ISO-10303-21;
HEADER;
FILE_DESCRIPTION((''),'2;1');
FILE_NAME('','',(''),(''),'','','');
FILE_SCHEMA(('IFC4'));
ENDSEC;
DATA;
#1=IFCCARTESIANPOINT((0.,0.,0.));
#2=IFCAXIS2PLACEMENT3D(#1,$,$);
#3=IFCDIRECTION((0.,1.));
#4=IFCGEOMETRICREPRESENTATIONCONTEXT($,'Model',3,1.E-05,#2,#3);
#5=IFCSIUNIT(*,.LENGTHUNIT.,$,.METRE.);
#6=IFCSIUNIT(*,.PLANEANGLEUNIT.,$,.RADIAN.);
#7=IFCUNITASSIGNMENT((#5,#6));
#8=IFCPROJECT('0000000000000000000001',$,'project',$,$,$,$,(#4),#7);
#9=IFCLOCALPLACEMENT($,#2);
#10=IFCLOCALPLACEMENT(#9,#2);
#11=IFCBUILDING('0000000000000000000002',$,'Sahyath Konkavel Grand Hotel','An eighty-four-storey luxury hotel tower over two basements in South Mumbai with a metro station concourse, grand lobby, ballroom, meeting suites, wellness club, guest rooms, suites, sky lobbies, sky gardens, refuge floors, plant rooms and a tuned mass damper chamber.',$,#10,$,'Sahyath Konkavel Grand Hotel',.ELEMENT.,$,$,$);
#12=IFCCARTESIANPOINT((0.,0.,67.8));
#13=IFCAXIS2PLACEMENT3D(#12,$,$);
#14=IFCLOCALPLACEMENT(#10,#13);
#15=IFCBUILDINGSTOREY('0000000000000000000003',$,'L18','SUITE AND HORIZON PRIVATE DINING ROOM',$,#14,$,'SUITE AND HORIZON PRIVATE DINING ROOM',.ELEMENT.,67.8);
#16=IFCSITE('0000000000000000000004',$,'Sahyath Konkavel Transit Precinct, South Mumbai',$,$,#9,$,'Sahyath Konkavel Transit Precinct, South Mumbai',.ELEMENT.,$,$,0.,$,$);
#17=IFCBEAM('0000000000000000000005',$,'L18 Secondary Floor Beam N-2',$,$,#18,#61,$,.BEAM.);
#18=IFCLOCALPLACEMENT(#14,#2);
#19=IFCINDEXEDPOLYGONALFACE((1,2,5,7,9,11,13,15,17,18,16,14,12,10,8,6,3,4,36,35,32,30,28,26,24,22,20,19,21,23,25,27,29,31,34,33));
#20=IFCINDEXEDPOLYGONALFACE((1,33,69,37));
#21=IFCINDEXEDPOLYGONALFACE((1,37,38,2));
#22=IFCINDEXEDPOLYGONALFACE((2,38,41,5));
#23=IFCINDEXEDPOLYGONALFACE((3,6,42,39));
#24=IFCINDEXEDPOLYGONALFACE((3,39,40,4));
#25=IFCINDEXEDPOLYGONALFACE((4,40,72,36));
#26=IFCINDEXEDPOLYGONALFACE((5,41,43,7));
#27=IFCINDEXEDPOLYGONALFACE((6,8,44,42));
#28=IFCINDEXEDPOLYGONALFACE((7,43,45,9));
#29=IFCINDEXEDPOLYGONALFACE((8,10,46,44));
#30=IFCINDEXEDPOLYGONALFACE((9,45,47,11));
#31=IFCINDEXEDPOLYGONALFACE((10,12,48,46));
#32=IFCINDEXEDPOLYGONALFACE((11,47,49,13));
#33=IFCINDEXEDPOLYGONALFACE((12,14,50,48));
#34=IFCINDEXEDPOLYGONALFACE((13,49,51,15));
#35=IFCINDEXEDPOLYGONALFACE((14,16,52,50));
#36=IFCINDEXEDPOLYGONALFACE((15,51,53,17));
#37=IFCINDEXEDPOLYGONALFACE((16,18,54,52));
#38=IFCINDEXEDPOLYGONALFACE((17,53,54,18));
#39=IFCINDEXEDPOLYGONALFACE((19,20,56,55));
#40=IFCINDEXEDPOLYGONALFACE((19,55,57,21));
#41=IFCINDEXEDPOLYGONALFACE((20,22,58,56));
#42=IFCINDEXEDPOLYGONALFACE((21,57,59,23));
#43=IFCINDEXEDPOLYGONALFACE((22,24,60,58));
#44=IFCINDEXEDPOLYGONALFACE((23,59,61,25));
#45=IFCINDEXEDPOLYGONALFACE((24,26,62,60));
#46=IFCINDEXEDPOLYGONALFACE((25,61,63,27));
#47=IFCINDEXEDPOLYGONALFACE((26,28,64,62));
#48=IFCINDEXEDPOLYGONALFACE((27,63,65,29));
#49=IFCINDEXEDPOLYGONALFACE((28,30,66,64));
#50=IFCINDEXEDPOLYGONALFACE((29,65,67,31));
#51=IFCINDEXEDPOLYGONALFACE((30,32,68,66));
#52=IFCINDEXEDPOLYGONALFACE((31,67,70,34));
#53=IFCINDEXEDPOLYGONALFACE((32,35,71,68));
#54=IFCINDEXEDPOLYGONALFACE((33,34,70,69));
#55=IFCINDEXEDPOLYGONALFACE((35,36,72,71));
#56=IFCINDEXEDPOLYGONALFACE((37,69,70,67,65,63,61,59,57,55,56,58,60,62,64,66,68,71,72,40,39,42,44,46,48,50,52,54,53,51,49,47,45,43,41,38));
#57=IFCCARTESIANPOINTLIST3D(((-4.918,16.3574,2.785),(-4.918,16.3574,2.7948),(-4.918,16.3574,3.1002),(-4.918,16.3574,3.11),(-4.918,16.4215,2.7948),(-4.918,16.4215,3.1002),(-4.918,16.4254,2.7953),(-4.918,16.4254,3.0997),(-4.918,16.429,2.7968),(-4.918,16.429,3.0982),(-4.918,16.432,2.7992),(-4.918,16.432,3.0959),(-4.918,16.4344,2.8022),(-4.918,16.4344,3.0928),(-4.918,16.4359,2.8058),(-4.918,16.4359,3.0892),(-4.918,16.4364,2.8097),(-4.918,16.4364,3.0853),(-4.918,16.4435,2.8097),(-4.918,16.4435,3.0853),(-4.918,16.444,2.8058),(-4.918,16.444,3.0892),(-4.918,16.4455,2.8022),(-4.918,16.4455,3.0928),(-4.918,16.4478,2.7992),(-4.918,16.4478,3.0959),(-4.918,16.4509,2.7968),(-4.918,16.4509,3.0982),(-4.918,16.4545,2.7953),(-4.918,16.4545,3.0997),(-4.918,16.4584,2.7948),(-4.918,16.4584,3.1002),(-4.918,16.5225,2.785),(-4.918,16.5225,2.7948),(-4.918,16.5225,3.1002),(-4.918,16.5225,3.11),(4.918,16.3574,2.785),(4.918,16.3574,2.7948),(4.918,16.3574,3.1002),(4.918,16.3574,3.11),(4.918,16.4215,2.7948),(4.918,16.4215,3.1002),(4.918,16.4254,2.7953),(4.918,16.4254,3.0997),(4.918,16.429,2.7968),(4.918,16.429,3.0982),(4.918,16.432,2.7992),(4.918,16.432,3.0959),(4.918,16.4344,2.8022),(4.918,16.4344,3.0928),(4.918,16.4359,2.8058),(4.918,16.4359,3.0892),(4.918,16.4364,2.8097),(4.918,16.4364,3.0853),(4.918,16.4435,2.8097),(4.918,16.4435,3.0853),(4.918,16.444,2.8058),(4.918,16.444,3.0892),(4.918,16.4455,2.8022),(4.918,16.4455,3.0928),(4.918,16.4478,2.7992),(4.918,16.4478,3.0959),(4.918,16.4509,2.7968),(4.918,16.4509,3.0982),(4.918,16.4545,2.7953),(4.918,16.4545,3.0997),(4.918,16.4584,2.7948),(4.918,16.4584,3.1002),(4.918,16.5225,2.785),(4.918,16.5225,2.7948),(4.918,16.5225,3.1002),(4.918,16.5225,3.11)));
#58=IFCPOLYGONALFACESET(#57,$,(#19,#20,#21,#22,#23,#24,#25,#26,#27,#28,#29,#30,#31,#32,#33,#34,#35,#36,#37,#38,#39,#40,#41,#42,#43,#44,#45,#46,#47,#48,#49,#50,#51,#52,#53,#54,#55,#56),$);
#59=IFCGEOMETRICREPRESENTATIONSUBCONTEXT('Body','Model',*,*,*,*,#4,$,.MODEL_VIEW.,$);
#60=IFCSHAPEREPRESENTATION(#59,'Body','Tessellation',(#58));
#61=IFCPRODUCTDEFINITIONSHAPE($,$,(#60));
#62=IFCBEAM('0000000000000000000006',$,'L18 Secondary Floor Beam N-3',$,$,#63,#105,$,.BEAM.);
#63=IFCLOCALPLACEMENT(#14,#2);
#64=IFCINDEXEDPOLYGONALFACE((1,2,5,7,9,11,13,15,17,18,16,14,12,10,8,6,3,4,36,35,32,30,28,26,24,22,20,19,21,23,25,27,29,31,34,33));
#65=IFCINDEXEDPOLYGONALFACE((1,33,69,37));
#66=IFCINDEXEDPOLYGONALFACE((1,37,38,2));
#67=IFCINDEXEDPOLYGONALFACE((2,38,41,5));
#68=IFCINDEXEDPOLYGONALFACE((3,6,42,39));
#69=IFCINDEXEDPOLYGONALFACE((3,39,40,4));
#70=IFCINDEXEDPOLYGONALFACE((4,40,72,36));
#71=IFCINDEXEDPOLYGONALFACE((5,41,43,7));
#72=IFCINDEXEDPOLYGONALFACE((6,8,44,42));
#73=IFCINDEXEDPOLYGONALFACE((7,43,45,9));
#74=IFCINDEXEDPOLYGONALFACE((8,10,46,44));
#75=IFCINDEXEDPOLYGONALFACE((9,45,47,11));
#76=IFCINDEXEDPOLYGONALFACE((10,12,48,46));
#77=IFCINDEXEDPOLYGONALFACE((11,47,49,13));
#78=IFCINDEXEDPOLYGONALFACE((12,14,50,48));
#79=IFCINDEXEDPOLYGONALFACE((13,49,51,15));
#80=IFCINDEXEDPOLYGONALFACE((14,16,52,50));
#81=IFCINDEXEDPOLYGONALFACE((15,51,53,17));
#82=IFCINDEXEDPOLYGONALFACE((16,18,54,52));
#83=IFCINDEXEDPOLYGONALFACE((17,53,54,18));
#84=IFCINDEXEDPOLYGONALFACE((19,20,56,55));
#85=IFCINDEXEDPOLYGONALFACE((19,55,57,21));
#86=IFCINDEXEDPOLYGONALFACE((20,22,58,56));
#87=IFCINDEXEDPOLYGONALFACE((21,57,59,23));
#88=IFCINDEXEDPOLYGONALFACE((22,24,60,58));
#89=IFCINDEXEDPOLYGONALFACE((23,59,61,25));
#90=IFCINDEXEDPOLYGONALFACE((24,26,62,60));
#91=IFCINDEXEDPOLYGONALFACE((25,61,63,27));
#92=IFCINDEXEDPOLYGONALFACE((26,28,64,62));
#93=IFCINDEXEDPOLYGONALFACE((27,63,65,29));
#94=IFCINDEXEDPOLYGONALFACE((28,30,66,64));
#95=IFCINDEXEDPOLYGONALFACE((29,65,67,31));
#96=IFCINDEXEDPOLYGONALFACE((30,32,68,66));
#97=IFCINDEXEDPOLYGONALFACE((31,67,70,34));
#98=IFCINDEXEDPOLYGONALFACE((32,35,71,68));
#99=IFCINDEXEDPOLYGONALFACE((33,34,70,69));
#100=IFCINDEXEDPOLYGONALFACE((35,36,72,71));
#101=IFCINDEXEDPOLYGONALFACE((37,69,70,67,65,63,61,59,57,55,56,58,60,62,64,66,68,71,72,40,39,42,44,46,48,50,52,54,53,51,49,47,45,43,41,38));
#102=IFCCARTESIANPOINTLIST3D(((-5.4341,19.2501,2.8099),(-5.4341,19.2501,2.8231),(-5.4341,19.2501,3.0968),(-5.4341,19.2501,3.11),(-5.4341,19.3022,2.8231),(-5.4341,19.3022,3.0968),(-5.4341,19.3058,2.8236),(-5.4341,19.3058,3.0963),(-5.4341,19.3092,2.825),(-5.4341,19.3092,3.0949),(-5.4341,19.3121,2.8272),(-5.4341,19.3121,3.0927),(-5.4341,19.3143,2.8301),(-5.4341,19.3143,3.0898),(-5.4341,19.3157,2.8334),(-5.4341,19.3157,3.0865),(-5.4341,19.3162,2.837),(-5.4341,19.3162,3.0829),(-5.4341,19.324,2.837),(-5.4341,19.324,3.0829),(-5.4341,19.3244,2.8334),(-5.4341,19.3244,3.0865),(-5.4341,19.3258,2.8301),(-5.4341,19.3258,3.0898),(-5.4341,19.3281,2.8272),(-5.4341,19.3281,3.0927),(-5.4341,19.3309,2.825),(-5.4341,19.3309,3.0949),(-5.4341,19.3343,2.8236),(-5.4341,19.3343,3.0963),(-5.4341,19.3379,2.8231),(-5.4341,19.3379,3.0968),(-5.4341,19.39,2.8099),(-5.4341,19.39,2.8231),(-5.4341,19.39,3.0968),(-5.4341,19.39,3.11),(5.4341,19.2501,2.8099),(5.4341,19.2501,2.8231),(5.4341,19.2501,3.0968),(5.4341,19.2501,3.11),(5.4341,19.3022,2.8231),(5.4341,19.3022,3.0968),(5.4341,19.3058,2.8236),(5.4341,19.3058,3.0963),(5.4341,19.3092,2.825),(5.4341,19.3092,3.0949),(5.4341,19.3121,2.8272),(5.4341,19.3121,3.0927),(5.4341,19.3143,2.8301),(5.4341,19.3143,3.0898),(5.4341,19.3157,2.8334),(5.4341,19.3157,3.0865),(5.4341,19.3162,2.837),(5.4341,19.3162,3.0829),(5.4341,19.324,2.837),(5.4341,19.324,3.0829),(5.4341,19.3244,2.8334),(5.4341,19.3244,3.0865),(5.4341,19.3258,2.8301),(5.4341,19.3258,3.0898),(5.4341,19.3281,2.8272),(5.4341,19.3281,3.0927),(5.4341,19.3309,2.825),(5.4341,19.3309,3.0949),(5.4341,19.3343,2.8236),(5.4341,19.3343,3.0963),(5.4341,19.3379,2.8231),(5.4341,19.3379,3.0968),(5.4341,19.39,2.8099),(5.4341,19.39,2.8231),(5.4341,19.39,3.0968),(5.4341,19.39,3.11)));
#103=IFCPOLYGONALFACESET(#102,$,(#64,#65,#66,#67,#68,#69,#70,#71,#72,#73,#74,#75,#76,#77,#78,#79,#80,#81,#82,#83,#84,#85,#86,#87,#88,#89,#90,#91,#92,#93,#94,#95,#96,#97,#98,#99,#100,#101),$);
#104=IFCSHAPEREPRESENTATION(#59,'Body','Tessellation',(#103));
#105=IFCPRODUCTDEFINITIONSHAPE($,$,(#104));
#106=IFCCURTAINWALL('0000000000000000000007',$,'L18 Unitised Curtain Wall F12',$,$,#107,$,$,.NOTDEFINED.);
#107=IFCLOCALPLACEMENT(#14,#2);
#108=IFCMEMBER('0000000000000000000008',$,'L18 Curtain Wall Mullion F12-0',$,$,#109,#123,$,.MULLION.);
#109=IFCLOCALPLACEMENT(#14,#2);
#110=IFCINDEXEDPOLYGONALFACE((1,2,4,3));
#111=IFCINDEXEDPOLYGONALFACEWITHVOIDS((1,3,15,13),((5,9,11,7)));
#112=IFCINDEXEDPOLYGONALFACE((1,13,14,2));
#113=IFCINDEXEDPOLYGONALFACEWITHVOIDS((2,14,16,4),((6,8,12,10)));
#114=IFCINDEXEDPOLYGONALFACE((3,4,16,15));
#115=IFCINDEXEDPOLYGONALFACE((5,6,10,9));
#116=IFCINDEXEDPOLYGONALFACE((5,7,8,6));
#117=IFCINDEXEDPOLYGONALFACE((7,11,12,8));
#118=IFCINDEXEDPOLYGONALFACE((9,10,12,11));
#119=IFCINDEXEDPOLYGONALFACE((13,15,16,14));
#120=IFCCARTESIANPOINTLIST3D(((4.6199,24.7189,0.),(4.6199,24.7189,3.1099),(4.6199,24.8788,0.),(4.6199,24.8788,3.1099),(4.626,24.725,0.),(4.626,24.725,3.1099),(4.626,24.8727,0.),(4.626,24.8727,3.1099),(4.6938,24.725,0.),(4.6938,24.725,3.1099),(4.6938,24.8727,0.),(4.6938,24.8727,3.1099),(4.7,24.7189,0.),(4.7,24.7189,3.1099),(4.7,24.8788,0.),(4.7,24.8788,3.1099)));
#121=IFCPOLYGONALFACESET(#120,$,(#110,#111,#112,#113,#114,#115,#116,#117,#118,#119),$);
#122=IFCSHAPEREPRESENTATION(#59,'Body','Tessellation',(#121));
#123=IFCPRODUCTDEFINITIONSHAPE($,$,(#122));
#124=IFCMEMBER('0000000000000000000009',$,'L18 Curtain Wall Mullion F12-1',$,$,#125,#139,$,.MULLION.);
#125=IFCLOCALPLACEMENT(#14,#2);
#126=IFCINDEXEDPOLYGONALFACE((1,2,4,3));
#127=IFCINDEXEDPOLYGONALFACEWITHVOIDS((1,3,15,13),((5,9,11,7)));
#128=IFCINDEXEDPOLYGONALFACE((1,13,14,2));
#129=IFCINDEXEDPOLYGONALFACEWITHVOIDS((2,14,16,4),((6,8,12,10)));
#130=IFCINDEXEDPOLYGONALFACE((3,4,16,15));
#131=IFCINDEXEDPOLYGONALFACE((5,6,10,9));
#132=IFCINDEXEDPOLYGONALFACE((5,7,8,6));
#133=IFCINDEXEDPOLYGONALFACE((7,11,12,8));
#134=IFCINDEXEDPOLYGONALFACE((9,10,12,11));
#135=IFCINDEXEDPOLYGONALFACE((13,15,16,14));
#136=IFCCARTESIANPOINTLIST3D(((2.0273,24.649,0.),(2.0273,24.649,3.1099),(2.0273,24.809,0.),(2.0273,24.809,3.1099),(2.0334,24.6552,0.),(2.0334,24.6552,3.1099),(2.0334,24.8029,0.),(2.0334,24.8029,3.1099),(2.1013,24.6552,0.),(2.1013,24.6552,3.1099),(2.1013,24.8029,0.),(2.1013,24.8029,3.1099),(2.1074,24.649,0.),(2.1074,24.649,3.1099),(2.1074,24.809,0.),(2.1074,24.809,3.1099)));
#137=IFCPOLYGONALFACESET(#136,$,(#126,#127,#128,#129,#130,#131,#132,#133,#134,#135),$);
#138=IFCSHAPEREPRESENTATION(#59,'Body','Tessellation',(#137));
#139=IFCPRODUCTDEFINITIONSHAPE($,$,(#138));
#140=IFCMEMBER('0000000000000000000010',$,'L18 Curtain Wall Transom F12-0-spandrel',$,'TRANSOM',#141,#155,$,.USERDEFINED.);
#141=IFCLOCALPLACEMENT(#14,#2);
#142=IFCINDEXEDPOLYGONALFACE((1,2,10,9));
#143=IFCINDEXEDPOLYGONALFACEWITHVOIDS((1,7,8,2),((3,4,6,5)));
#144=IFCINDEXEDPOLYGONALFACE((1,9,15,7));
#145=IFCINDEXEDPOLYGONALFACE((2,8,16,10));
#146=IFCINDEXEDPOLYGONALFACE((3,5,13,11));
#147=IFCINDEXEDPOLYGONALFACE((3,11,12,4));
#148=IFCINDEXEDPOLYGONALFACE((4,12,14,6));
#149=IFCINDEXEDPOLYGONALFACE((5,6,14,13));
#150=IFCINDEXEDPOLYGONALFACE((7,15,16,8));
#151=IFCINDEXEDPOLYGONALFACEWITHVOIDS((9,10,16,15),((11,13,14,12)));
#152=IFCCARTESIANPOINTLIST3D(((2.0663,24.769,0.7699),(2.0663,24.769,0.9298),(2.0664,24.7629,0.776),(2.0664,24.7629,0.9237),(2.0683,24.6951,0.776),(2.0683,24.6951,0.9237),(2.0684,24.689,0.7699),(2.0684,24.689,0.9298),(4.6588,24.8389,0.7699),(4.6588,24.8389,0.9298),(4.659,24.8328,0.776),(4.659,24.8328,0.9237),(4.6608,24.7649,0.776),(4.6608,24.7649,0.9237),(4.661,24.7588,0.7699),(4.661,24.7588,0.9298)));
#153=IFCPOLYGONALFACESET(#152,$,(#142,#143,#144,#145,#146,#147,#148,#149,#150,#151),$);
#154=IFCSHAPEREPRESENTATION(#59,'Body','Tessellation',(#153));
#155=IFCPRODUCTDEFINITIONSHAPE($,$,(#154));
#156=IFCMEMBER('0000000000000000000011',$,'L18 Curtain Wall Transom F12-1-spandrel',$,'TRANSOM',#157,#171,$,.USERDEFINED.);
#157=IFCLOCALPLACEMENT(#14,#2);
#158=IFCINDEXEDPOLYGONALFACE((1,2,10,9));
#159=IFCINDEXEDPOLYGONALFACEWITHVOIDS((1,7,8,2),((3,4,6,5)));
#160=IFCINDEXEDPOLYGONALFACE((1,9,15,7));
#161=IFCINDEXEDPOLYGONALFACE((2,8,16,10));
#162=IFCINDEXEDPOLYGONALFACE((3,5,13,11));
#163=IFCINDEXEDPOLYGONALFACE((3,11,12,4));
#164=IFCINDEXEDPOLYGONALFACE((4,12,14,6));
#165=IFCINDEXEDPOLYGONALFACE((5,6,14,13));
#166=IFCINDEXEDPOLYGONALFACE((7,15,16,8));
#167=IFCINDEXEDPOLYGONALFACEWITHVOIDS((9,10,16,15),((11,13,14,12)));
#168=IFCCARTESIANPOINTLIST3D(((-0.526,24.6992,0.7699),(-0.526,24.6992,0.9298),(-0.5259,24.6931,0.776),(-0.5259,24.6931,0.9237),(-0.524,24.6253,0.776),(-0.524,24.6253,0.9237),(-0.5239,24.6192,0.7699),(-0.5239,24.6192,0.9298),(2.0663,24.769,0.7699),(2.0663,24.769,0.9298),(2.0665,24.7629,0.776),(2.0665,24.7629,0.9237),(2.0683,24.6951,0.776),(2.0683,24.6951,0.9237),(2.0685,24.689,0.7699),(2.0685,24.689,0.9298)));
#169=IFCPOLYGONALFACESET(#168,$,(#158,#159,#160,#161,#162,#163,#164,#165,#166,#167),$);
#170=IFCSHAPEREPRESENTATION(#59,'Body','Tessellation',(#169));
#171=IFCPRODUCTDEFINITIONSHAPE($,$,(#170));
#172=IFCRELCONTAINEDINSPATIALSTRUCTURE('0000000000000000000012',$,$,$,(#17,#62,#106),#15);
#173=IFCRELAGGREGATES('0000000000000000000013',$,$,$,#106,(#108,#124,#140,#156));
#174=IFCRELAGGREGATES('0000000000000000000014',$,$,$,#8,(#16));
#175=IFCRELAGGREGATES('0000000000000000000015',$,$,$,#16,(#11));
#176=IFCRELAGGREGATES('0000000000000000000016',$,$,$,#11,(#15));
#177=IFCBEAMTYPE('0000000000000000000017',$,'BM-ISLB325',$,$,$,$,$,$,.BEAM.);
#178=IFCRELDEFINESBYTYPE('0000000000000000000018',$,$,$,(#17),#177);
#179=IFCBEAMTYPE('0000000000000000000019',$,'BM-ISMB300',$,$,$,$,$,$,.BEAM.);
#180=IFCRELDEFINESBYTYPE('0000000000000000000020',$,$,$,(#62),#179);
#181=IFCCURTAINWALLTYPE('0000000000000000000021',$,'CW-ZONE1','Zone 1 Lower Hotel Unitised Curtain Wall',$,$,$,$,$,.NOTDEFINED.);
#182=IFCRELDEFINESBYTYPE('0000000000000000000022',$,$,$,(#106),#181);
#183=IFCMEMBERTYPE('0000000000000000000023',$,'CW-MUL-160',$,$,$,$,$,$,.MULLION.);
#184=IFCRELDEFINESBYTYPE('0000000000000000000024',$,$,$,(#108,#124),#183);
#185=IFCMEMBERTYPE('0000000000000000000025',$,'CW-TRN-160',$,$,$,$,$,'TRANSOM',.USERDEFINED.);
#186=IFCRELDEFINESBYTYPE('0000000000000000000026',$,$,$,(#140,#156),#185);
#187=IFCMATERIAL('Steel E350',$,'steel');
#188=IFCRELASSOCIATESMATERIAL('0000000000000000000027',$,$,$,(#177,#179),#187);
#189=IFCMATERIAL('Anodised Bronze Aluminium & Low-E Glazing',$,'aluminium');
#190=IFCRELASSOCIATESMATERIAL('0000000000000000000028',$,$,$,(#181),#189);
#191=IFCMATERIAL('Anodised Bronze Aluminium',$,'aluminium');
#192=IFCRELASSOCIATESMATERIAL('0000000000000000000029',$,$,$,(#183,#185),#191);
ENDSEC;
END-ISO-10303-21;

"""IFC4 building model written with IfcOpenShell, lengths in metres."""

from ifc_helpers import new_model, si_unit, direction, frame, origin, origin_2d, place, context, subcontext, project, spatial, hollow_rectangle, i_section, extrude, source, transform, mapped, material, material_profile, profile_set, type_object, element, aggregate, save


model = new_model("IFC4")

# Units and contexts
model_context = context("Model", 3, precision=1e-05, world=origin(), true_north=direction((0.0, 1.0)))
body_context = subcontext(model_context, "Body", "Model", "MODEL_VIEW")
ifc_project = project(units=[si_unit("LENGTHUNIT", "METRE"), si_unit("PLANEANGLEUNIT", "RADIAN")], contexts=[model_context])

# Site, building, storey
site_placement = place(None, origin())
site = spatial("IfcSite", under=ifc_project, at=site_placement, Name="Sahyath Konkavel Transit Precinct, South Mumbai", LongName="Sahyath Konkavel Transit Precinct, South Mumbai", CompositionType="ELEMENT", RefElevation=0.0)
building_placement = place(site_placement, origin())
building = spatial("IfcBuilding", under=site, at=building_placement, Name="Sahyath Konkavel Grand Hotel", Description="An eighty-four-storey luxury hotel tower over two basements in South Mumbai with a metro station concourse, grand lobby, ballroom, meeting suites, wellness club, guest rooms, suites, sky lobbies, sky gardens, refuge floors, plant rooms and a tuned mass damper chamber.", LongName="Sahyath Konkavel Grand Hotel", CompositionType="ELEMENT")
storey_placement = place(building_placement, frame((0.0, 0.0, 67.8)))
storey = spatial("IfcBuildingStorey", under=building, at=storey_placement, Name="L18", Description="SUITE AND HORIZON PRIVATE DINING ROOM", LongName="SUITE AND HORIZON PRIVATE DINING ROOM", CompositionType="ELEMENT", Elevation=67.8)

# Beams
ifc_material_1 = material(Name="Steel E350", Category="steel")
ifc_material_profile_1 = material_profile(ifc_material_1, i_section(OverallWidth=0.165, OverallDepth=0.325, WebThickness=0.0071, FlangeThickness=0.0098, FilletRadius=0.0149, at=origin_2d()), Name="ISLB 325")
ifc_profile_set_1 = profile_set([ifc_material_profile_1], Name="Steel E350")
beam_type_1 = type_object("IfcBeamType", Name="BM-ISLB325", PredefinedType="BEAM", material=ifc_profile_set_1)
shared_shape_1 = source(origin(), body_context, "Body", "SweptSolid", [
    extrude(i_section(OverallWidth=0.165, OverallDepth=0.325, WebThickness=0.0071, FlangeThickness=0.0098, FilletRadius=0.0149, at=origin_2d()), origin(), (0.0, 0.0, 1.0), 9.8359),
])
beam_1_placement = place(storey_placement, frame((4.918, 16.4399, 2.9475), z_axis=(-1.0, 0.0, 0.0), x_axis=(0.0, -1.0, 0.0)))
element("IfcBeam", 1, at=beam_1_placement, inside=storey, type_object=beam_type_1, Name="L18 Secondary Floor Beam N-2", PredefinedType="BEAM", context=body_context, shape_type="MappedRepresentation", body=[
    mapped(shared_shape_1, transform((0.0, 0.0, 0.0), scale=1.0)),
])
ifc_material_profile_2 = material_profile(ifc_material_1, i_section(OverallWidth=0.1399, OverallDepth=0.3, WebThickness=0.0078, FlangeThickness=0.0132, FilletRadius=0.0139, at=origin_2d()), Name="ISMB 300")
ifc_profile_set_2 = profile_set([ifc_material_profile_2], Name="Steel E350")
beam_type_2 = type_object("IfcBeamType", Name="BM-ISMB300", PredefinedType="BEAM", material=ifc_profile_set_2)
shared_shape_2 = source(origin(), body_context, "Body", "SweptSolid", [
    extrude(i_section(OverallWidth=0.1399, OverallDepth=0.3, WebThickness=0.0078, FlangeThickness=0.0132, FilletRadius=0.0139, at=origin_2d()), origin(), (0.0, 0.0, 1.0), 10.8682),
])
beam_2_placement = place(storey_placement, frame((5.4341, 19.3201, 2.96), z_axis=(-1.0, 0.0, 0.0), x_axis=(0.0, -1.0, 0.0)))
element("IfcBeam", 2, at=beam_2_placement, inside=storey, type_object=beam_type_2, Name="L18 Secondary Floor Beam N-3", PredefinedType="BEAM", context=body_context, shape_type="MappedRepresentation", body=[
    mapped(shared_shape_2, transform((0.0, 0.0, 0.0), scale=1.0)),
])

# Curtain wall, members
ifc_material_2 = material(Name="Anodised Bronze Aluminium & Low-E Glazing", Category="aluminium")
curtain_wall_type = type_object("IfcCurtainWallType", Name="CW-ZONE1", Description="Zone 1 Lower Hotel Unitised Curtain Wall", PredefinedType="NOTDEFINED", material=ifc_material_2)
curtain_wall_placement = place(storey_placement, origin())
curtain_wall = element("IfcCurtainWall", 3, at=curtain_wall_placement, inside=storey, type_object=curtain_wall_type, Name="L18 Unitised Curtain Wall F12", PredefinedType="NOTDEFINED")
ifc_material_3 = material(Name="Anodised Bronze Aluminium", Category="aluminium")
ifc_material_profile_3 = material_profile(ifc_material_3, hollow_rectangle(XDim=0.0801, YDim=0.1599, WallThickness=0.0061, at=origin_2d()), Name="RHS 160x80x6")
ifc_profile_set_3 = profile_set([ifc_material_profile_3], Name="Anodised Bronze Aluminium")
member_type_1 = type_object("IfcMemberType", Name="CW-MUL-160", PredefinedType="MULLION", material=ifc_profile_set_3)
shared_shape_3 = source(origin(), body_context, "Body", "SweptSolid", [
    extrude(hollow_rectangle(XDim=0.0801, YDim=0.1599, WallThickness=0.0061, at=origin_2d()), origin(), (0.0, 0.0, 1.0), 3.1099),
])
member_1_placement = place(storey_placement, frame((4.6599, 24.7988, 0.0), z_axis=(0.0, 0.0, 1.0), x_axis=(1.0, 0.0, 0.0)))
member_1 = element("IfcMember", 4, at=member_1_placement, type_object=member_type_1, Name="L18 Curtain Wall Mullion F12-0", PredefinedType="MULLION", context=body_context, shape_type="MappedRepresentation", body=[
    mapped(shared_shape_3, transform((0.0, 0.0, 0.0), scale=1.0)),
])
member_2_placement = place(storey_placement, frame((2.0674, 24.729, 0.0), z_axis=(0.0, 0.0, 1.0), x_axis=(1.0, 0.0, 0.0)))
member_2 = element("IfcMember", 5, at=member_2_placement, type_object=member_type_1, Name="L18 Curtain Wall Mullion F12-1", PredefinedType="MULLION", context=body_context, shape_type="MappedRepresentation", body=[
    mapped(shared_shape_3, transform((0.0, 0.0, 0.0), scale=1.0)),
])
ifc_material_profile_4 = material_profile(ifc_material_3, hollow_rectangle(XDim=0.0801, YDim=0.1599, WallThickness=0.0061, at=origin_2d()), Name="RHS 160x80x6")
ifc_profile_set_4 = profile_set([ifc_material_profile_4], Name="Anodised Bronze Aluminium")
member_type_2 = type_object("IfcMemberType", Name="CW-TRN-160", ElementType="TRANSOM", PredefinedType="USERDEFINED", material=ifc_profile_set_4)
shared_shape_4 = source(origin(), body_context, "Body", "SweptSolid", [
    extrude(hollow_rectangle(XDim=0.0801, YDim=0.1599, WallThickness=0.0061, at=origin_2d()), origin(), (0.0, 0.0, 1.0), 2.5935),
])
member_3_placement = place(storey_placement, frame((4.6599, 24.7988, 0.8499), z_axis=(-0.999638, -0.026923, 0.0), x_axis=(0.026923, -0.999638, 0.0)))
member_3 = element("IfcMember", 6, at=member_3_placement, type_object=member_type_2, Name="L18 Curtain Wall Transom F12-0-spandrel", ObjectType="TRANSOM", PredefinedType="USERDEFINED", context=body_context, shape_type="MappedRepresentation", body=[
    mapped(shared_shape_4, transform((0.0, 0.0, 0.0), scale=1.0)),
])
shared_shape_5 = source(origin(), body_context, "Body", "SweptSolid", [
    extrude(hollow_rectangle(XDim=0.0801, YDim=0.1599, WallThickness=0.0061, at=origin_2d()), origin(), (0.0, 0.0, 1.0), 2.5933),
])
member_4_placement = place(storey_placement, frame((2.0674, 24.729, 0.8499), z_axis=(-0.999637, -0.026926, 0.0), x_axis=(0.026926, -0.999637, 0.0)))
member_4 = element("IfcMember", 7, at=member_4_placement, type_object=member_type_2, Name="L18 Curtain Wall Transom F12-1-spandrel", ObjectType="TRANSOM", PredefinedType="USERDEFINED", context=body_context, shape_type="MappedRepresentation", body=[
    mapped(shared_shape_5, transform((0.0, 0.0, 0.0), scale=1.0)),
])
aggregate(curtain_wall, [member_1, member_2, member_3, member_4])

save(model, "model.ifc")
